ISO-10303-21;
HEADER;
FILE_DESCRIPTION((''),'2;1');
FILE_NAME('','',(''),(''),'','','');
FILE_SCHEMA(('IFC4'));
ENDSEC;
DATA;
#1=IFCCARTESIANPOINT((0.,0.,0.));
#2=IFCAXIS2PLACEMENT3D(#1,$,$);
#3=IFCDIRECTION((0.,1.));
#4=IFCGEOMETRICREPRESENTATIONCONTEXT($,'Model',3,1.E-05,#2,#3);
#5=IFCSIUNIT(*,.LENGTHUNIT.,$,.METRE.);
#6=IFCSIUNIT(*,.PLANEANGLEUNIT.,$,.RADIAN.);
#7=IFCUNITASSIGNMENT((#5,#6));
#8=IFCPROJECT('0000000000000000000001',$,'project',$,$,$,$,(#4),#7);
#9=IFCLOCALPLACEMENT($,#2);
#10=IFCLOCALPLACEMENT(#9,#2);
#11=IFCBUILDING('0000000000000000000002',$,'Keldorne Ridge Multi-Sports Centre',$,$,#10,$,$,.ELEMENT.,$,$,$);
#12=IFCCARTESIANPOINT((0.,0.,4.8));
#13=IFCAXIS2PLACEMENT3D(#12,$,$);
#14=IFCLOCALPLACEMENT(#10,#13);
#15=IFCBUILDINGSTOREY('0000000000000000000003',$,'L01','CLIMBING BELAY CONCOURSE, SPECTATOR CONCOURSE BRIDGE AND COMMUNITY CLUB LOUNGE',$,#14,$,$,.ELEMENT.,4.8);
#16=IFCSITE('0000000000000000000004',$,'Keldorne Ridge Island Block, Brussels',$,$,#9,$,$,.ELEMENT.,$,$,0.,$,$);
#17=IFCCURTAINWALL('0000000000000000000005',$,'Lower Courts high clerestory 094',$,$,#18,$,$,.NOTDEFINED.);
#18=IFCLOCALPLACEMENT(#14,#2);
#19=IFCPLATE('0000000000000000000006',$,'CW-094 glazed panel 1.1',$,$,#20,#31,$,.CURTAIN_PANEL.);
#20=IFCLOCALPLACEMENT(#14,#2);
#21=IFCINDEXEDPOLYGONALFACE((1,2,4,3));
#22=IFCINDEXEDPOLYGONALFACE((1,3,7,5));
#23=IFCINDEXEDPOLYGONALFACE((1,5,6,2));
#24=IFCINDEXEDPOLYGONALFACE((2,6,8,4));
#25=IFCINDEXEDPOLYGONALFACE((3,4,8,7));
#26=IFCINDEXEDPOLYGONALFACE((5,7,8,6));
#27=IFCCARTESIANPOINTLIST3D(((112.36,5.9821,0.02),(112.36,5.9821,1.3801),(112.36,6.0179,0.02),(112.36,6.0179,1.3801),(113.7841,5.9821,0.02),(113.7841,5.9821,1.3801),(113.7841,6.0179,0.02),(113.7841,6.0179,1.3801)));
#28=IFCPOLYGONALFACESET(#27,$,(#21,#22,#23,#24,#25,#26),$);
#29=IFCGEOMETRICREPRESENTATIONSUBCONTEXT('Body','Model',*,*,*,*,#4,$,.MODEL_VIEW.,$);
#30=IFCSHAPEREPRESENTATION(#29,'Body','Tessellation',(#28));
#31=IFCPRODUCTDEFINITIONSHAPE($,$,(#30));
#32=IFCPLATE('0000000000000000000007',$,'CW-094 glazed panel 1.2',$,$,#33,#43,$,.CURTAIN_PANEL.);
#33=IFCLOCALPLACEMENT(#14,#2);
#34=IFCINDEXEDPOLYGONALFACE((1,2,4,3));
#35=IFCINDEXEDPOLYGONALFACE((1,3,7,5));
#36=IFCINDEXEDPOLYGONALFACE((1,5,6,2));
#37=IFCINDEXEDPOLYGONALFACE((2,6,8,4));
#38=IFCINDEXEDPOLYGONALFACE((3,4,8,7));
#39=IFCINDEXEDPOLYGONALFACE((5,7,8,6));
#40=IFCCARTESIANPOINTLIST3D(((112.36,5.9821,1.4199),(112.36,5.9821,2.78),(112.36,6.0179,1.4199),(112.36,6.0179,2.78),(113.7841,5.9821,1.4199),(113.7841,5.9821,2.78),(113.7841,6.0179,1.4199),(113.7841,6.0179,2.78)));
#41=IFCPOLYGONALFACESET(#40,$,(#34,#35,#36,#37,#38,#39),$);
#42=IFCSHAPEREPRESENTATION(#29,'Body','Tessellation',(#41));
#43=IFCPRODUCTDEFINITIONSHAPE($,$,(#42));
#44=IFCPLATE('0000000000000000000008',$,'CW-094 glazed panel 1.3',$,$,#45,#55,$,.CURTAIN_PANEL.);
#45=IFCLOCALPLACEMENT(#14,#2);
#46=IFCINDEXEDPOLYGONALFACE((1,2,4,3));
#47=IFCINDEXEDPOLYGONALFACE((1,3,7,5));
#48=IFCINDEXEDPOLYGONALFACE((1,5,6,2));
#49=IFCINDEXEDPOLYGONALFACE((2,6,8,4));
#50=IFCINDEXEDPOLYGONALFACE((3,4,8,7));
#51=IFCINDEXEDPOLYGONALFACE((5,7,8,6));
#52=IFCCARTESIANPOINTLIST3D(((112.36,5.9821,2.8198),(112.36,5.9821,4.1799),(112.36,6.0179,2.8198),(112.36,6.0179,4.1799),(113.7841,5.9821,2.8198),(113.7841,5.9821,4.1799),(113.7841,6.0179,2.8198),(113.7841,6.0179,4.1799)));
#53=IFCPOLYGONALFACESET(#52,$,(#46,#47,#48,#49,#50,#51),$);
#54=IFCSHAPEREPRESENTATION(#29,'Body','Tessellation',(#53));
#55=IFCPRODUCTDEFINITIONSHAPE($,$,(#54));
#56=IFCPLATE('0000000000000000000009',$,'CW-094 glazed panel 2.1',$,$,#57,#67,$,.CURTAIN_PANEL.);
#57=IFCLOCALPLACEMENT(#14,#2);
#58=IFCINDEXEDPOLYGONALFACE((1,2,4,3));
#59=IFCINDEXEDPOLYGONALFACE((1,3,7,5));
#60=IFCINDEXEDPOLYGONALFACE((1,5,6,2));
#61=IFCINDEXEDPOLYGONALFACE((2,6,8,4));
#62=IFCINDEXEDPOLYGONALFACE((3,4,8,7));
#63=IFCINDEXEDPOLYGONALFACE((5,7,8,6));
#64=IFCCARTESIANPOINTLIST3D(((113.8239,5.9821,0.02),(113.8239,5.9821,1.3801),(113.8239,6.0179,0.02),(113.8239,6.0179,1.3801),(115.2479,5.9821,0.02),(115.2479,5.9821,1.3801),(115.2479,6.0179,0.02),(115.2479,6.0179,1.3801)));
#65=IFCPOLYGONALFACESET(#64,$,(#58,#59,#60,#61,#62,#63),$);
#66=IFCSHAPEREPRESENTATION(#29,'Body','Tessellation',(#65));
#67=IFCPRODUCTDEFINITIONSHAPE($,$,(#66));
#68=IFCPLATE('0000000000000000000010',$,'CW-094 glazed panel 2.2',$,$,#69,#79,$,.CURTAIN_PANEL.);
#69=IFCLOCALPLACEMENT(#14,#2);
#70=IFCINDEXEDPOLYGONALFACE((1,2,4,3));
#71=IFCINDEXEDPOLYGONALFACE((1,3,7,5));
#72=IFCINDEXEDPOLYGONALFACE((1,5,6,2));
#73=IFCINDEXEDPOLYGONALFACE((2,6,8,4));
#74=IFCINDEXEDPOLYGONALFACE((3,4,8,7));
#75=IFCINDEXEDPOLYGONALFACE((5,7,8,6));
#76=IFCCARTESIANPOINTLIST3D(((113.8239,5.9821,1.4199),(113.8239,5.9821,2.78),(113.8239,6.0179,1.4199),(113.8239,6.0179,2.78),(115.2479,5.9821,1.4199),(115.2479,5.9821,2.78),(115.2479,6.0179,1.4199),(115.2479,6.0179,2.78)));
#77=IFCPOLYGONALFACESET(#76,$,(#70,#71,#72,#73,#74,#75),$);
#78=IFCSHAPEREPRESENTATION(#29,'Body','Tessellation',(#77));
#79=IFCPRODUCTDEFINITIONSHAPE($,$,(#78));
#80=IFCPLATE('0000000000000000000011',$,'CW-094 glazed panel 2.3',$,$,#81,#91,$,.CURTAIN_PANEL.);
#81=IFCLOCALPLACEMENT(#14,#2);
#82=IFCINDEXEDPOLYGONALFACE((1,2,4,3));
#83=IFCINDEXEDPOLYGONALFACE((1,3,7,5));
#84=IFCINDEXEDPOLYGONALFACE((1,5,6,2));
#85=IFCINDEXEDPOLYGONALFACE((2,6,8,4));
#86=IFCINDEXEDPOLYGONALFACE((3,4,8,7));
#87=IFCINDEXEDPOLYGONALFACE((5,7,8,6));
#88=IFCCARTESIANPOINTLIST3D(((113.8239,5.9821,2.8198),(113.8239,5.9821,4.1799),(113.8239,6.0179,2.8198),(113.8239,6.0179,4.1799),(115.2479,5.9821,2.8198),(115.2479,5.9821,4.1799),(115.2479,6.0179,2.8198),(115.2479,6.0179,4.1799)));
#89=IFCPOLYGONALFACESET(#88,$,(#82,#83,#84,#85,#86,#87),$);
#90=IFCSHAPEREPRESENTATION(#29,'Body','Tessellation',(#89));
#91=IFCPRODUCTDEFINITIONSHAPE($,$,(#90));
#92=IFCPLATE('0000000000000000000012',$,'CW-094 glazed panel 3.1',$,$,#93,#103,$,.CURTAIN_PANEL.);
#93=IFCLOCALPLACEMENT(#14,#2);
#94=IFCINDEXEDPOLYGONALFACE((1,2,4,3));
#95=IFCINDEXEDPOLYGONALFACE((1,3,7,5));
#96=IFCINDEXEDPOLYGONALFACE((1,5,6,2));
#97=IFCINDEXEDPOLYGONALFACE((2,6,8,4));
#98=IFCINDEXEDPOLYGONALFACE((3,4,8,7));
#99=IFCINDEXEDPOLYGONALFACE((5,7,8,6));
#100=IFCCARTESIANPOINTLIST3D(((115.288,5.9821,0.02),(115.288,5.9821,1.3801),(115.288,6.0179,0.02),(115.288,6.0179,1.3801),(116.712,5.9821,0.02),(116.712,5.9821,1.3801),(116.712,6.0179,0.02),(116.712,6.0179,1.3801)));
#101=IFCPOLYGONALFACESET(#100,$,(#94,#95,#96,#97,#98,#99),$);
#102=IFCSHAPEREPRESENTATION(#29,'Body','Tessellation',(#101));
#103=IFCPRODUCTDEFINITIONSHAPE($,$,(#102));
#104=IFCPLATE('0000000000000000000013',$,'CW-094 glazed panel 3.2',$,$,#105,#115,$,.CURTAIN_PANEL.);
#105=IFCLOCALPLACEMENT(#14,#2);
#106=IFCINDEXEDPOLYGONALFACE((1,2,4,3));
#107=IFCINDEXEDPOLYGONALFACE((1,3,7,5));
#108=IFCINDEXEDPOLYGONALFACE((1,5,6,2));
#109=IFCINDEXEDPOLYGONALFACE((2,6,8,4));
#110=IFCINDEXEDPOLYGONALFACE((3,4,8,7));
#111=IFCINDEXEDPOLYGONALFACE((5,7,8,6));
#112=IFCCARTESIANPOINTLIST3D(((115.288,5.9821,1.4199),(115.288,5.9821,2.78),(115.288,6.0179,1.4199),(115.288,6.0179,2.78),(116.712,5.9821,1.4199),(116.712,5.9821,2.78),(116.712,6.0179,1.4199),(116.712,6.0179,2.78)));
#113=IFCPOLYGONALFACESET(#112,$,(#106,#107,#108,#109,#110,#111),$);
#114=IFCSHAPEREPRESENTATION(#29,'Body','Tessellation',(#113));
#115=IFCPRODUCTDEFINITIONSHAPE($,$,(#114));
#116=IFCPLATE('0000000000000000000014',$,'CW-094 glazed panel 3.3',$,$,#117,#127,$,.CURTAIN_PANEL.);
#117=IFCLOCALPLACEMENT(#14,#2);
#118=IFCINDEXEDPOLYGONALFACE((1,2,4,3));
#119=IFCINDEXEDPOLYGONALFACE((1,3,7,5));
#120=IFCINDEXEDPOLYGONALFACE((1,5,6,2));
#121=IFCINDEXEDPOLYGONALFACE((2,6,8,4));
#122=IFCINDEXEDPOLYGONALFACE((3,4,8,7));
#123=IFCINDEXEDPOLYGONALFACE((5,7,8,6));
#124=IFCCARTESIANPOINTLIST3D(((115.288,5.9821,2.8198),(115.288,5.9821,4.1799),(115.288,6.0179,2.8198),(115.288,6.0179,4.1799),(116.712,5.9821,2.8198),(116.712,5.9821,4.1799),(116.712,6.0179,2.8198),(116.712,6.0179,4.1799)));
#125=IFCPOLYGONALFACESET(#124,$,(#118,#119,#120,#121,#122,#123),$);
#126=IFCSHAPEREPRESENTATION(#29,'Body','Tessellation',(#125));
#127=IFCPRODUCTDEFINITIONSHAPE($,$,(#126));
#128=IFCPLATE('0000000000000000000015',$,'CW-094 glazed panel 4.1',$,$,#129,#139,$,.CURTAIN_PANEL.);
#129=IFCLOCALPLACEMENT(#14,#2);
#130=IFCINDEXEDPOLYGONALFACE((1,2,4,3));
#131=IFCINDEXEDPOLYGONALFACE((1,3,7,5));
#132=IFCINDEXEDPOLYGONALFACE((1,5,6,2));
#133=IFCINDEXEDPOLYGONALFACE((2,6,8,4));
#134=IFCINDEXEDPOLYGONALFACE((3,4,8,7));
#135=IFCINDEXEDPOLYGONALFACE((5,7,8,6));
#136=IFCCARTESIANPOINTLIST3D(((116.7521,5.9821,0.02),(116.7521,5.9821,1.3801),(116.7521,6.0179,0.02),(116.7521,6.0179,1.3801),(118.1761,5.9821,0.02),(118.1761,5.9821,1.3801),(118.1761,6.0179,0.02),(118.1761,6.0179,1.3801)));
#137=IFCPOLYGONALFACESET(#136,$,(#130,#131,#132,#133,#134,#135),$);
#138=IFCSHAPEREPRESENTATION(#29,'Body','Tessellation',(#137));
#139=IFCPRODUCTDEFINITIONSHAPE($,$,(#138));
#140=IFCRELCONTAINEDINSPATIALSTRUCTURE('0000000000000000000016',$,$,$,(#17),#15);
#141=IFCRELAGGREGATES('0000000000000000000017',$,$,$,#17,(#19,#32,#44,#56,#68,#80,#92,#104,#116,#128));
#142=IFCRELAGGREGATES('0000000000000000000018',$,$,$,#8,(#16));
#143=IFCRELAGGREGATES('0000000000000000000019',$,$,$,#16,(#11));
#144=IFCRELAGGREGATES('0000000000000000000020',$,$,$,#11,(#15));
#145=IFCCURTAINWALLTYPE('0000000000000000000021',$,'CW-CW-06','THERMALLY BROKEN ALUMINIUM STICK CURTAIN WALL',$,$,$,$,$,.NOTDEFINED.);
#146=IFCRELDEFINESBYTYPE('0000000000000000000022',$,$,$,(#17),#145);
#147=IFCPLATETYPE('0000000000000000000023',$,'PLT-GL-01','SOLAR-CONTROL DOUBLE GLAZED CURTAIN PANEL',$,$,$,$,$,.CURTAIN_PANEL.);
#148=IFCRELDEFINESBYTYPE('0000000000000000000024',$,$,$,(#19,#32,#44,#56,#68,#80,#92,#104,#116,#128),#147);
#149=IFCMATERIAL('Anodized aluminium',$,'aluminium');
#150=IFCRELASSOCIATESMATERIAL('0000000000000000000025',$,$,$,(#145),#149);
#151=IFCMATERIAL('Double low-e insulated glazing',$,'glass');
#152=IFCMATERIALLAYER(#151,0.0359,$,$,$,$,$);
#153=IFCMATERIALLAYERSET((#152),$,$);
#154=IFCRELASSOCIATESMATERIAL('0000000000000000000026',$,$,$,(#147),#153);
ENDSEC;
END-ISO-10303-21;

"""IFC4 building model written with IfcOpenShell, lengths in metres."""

from ifc_helpers import new_model, si_unit, direction, frame, origin, origin_2d, place, context, subcontext, project, spatial, rectangle, extrude, material, layer, layer_set, type_object, element, aggregate, save


model = new_model("IFC4")

# Units and contexts
model_context = context("Model", 3, precision=1e-05, world=origin(), true_north=direction((0.0, 1.0)))
body_context = subcontext(model_context, "Body", "Model", "MODEL_VIEW")
ifc_project = project(units=[si_unit("LENGTHUNIT", "METRE"), si_unit("PLANEANGLEUNIT", "RADIAN")], contexts=[model_context])

# Site, building, storey
site_placement = place(None, origin())
site = spatial("IfcSite", under=ifc_project, at=site_placement, Name="Keldorne Ridge Island Block, Brussels", CompositionType="ELEMENT", RefElevation=0.0)
building_placement = place(site_placement, origin())
building = spatial("IfcBuilding", under=site, at=building_placement, Name="Keldorne Ridge Multi-Sports Centre", CompositionType="ELEMENT")
storey_placement = place(building_placement, frame((0.0, 0.0, 4.8)))
storey = spatial("IfcBuildingStorey", under=building, at=storey_placement, Name="L01", Description="CLIMBING BELAY CONCOURSE, SPECTATOR CONCOURSE BRIDGE AND COMMUNITY CLUB LOUNGE", CompositionType="ELEMENT", Elevation=4.8)

# Curtain wall
ifc_material_1 = material(Name="Anodized aluminium", Category="aluminium")
curtain_wall_type = type_object("IfcCurtainWallType", Name="CW-CW-06", Description="THERMALLY BROKEN ALUMINIUM STICK CURTAIN WALL", PredefinedType="NOTDEFINED", material=ifc_material_1)
curtain_wall_placement = place(storey_placement, origin())
curtain_wall = element("IfcCurtainWall", 1, at=curtain_wall_placement, inside=storey, type_object=curtain_wall_type, Name="Lower Courts high clerestory 094", PredefinedType="NOTDEFINED")

# Plates
ifc_material_2 = material(Name="Double low-e insulated glazing", Category="glass")
ifc_layer = layer(ifc_material_2, 0.0359)
ifc_layer_set = layer_set([ifc_layer])
plate_type = type_object("IfcPlateType", Name="PLT-GL-01", Description="SOLAR-CONTROL DOUBLE GLAZED CURTAIN PANEL", PredefinedType="CURTAIN_PANEL", material=ifc_layer_set)
plate_1_placement = place(storey_placement, frame((113.072, 6.0, 0.02), z_axis=(0.0, 0.0, 1.0), x_axis=(1.0, 0.0, 0.0)))
plate_1 = element("IfcPlate", 2, at=plate_1_placement, type_object=plate_type, Name="CW-094 glazed panel 1.1", PredefinedType="CURTAIN_PANEL", context=body_context, shape_type="SweptSolid", body=[
    extrude(rectangle(XDim=1.4241, YDim=0.0359, at=origin_2d()), origin(), (0.0, 0.0, 1.0), 1.3601),
])
plate_2_placement = place(storey_placement, frame((113.072, 6.0, 1.4199), z_axis=(0.0, 0.0, 1.0), x_axis=(1.0, 0.0, 0.0)))
plate_2 = element("IfcPlate", 3, at=plate_2_placement, type_object=plate_type, Name="CW-094 glazed panel 1.2", PredefinedType="CURTAIN_PANEL", context=body_context, shape_type="SweptSolid", body=[
    extrude(rectangle(XDim=1.4241, YDim=0.0359, at=origin_2d()), origin(), (0.0, 0.0, 1.0), 1.3601),
])
plate_3_placement = place(storey_placement, frame((113.072, 6.0, 2.8198), z_axis=(0.0, 0.0, 1.0), x_axis=(1.0, 0.0, 0.0)))
plate_3 = element("IfcPlate", 4, at=plate_3_placement, type_object=plate_type, Name="CW-094 glazed panel 1.3", PredefinedType="CURTAIN_PANEL", context=body_context, shape_type="SweptSolid", body=[
    extrude(rectangle(XDim=1.4241, YDim=0.0359, at=origin_2d()), origin(), (0.0, 0.0, 1.0), 1.3601),
])
plate_4_placement = place(storey_placement, frame((114.5359, 6.0, 0.02), z_axis=(0.0, 0.0, 1.0), x_axis=(1.0, 0.0, 0.0)))
plate_4 = element("IfcPlate", 5, at=plate_4_placement, type_object=plate_type, Name="CW-094 glazed panel 2.1", PredefinedType="CURTAIN_PANEL", context=body_context, shape_type="SweptSolid", body=[
    extrude(rectangle(XDim=1.4241, YDim=0.0359, at=origin_2d()), origin(), (0.0, 0.0, 1.0), 1.3601),
])
plate_5_placement = place(storey_placement, frame((114.5359, 6.0, 1.4199), z_axis=(0.0, 0.0, 1.0), x_axis=(1.0, 0.0, 0.0)))
plate_5 = element("IfcPlate", 6, at=plate_5_placement, type_object=plate_type, Name="CW-094 glazed panel 2.2", PredefinedType="CURTAIN_PANEL", context=body_context, shape_type="SweptSolid", body=[
    extrude(rectangle(XDim=1.4241, YDim=0.0359, at=origin_2d()), origin(), (0.0, 0.0, 1.0), 1.3601),
])
plate_6_placement = place(storey_placement, frame((114.5359, 6.0, 2.8198), z_axis=(0.0, 0.0, 1.0), x_axis=(1.0, 0.0, 0.0)))
plate_6 = element("IfcPlate", 7, at=plate_6_placement, type_object=plate_type, Name="CW-094 glazed panel 2.3", PredefinedType="CURTAIN_PANEL", context=body_context, shape_type="SweptSolid", body=[
    extrude(rectangle(XDim=1.4241, YDim=0.0359, at=origin_2d()), origin(), (0.0, 0.0, 1.0), 1.3601),
])
plate_7_placement = place(storey_placement, frame((116.0, 6.0, 0.02), z_axis=(0.0, 0.0, 1.0), x_axis=(1.0, 0.0, 0.0)))
plate_7 = element("IfcPlate", 8, at=plate_7_placement, type_object=plate_type, Name="CW-094 glazed panel 3.1", PredefinedType="CURTAIN_PANEL", context=body_context, shape_type="SweptSolid", body=[
    extrude(rectangle(XDim=1.4241, YDim=0.0359, at=origin_2d()), origin(), (0.0, 0.0, 1.0), 1.3601),
])
plate_8_placement = place(storey_placement, frame((116.0, 6.0, 1.4199), z_axis=(0.0, 0.0, 1.0), x_axis=(1.0, 0.0, 0.0)))
plate_8 = element("IfcPlate", 9, at=plate_8_placement, type_object=plate_type, Name="CW-094 glazed panel 3.2", PredefinedType="CURTAIN_PANEL", context=body_context, shape_type="SweptSolid", body=[
    extrude(rectangle(XDim=1.4241, YDim=0.0359, at=origin_2d()), origin(), (0.0, 0.0, 1.0), 1.3601),
])
plate_9_placement = place(storey_placement, frame((116.0, 6.0, 2.8198), z_axis=(0.0, 0.0, 1.0), x_axis=(1.0, 0.0, 0.0)))
plate_9 = element("IfcPlate", 10, at=plate_9_placement, type_object=plate_type, Name="CW-094 glazed panel 3.3", PredefinedType="CURTAIN_PANEL", context=body_context, shape_type="SweptSolid", body=[
    extrude(rectangle(XDim=1.4241, YDim=0.0359, at=origin_2d()), origin(), (0.0, 0.0, 1.0), 1.3601),
])
plate_10_placement = place(storey_placement, frame((117.4641, 6.0, 0.02), z_axis=(0.0, 0.0, 1.0), x_axis=(1.0, 0.0, 0.0)))
plate_10 = element("IfcPlate", 11, at=plate_10_placement, type_object=plate_type, Name="CW-094 glazed panel 4.1", PredefinedType="CURTAIN_PANEL", context=body_context, shape_type="SweptSolid", body=[
    extrude(rectangle(XDim=1.4241, YDim=0.0359, at=origin_2d()), origin(), (0.0, 0.0, 1.0), 1.3601),
])
aggregate(curtain_wall, [plate_1, plate_2, plate_3, plate_4, plate_5, plate_6, plate_7, plate_8, plate_9, plate_10])

save(model, "model.ifc")
